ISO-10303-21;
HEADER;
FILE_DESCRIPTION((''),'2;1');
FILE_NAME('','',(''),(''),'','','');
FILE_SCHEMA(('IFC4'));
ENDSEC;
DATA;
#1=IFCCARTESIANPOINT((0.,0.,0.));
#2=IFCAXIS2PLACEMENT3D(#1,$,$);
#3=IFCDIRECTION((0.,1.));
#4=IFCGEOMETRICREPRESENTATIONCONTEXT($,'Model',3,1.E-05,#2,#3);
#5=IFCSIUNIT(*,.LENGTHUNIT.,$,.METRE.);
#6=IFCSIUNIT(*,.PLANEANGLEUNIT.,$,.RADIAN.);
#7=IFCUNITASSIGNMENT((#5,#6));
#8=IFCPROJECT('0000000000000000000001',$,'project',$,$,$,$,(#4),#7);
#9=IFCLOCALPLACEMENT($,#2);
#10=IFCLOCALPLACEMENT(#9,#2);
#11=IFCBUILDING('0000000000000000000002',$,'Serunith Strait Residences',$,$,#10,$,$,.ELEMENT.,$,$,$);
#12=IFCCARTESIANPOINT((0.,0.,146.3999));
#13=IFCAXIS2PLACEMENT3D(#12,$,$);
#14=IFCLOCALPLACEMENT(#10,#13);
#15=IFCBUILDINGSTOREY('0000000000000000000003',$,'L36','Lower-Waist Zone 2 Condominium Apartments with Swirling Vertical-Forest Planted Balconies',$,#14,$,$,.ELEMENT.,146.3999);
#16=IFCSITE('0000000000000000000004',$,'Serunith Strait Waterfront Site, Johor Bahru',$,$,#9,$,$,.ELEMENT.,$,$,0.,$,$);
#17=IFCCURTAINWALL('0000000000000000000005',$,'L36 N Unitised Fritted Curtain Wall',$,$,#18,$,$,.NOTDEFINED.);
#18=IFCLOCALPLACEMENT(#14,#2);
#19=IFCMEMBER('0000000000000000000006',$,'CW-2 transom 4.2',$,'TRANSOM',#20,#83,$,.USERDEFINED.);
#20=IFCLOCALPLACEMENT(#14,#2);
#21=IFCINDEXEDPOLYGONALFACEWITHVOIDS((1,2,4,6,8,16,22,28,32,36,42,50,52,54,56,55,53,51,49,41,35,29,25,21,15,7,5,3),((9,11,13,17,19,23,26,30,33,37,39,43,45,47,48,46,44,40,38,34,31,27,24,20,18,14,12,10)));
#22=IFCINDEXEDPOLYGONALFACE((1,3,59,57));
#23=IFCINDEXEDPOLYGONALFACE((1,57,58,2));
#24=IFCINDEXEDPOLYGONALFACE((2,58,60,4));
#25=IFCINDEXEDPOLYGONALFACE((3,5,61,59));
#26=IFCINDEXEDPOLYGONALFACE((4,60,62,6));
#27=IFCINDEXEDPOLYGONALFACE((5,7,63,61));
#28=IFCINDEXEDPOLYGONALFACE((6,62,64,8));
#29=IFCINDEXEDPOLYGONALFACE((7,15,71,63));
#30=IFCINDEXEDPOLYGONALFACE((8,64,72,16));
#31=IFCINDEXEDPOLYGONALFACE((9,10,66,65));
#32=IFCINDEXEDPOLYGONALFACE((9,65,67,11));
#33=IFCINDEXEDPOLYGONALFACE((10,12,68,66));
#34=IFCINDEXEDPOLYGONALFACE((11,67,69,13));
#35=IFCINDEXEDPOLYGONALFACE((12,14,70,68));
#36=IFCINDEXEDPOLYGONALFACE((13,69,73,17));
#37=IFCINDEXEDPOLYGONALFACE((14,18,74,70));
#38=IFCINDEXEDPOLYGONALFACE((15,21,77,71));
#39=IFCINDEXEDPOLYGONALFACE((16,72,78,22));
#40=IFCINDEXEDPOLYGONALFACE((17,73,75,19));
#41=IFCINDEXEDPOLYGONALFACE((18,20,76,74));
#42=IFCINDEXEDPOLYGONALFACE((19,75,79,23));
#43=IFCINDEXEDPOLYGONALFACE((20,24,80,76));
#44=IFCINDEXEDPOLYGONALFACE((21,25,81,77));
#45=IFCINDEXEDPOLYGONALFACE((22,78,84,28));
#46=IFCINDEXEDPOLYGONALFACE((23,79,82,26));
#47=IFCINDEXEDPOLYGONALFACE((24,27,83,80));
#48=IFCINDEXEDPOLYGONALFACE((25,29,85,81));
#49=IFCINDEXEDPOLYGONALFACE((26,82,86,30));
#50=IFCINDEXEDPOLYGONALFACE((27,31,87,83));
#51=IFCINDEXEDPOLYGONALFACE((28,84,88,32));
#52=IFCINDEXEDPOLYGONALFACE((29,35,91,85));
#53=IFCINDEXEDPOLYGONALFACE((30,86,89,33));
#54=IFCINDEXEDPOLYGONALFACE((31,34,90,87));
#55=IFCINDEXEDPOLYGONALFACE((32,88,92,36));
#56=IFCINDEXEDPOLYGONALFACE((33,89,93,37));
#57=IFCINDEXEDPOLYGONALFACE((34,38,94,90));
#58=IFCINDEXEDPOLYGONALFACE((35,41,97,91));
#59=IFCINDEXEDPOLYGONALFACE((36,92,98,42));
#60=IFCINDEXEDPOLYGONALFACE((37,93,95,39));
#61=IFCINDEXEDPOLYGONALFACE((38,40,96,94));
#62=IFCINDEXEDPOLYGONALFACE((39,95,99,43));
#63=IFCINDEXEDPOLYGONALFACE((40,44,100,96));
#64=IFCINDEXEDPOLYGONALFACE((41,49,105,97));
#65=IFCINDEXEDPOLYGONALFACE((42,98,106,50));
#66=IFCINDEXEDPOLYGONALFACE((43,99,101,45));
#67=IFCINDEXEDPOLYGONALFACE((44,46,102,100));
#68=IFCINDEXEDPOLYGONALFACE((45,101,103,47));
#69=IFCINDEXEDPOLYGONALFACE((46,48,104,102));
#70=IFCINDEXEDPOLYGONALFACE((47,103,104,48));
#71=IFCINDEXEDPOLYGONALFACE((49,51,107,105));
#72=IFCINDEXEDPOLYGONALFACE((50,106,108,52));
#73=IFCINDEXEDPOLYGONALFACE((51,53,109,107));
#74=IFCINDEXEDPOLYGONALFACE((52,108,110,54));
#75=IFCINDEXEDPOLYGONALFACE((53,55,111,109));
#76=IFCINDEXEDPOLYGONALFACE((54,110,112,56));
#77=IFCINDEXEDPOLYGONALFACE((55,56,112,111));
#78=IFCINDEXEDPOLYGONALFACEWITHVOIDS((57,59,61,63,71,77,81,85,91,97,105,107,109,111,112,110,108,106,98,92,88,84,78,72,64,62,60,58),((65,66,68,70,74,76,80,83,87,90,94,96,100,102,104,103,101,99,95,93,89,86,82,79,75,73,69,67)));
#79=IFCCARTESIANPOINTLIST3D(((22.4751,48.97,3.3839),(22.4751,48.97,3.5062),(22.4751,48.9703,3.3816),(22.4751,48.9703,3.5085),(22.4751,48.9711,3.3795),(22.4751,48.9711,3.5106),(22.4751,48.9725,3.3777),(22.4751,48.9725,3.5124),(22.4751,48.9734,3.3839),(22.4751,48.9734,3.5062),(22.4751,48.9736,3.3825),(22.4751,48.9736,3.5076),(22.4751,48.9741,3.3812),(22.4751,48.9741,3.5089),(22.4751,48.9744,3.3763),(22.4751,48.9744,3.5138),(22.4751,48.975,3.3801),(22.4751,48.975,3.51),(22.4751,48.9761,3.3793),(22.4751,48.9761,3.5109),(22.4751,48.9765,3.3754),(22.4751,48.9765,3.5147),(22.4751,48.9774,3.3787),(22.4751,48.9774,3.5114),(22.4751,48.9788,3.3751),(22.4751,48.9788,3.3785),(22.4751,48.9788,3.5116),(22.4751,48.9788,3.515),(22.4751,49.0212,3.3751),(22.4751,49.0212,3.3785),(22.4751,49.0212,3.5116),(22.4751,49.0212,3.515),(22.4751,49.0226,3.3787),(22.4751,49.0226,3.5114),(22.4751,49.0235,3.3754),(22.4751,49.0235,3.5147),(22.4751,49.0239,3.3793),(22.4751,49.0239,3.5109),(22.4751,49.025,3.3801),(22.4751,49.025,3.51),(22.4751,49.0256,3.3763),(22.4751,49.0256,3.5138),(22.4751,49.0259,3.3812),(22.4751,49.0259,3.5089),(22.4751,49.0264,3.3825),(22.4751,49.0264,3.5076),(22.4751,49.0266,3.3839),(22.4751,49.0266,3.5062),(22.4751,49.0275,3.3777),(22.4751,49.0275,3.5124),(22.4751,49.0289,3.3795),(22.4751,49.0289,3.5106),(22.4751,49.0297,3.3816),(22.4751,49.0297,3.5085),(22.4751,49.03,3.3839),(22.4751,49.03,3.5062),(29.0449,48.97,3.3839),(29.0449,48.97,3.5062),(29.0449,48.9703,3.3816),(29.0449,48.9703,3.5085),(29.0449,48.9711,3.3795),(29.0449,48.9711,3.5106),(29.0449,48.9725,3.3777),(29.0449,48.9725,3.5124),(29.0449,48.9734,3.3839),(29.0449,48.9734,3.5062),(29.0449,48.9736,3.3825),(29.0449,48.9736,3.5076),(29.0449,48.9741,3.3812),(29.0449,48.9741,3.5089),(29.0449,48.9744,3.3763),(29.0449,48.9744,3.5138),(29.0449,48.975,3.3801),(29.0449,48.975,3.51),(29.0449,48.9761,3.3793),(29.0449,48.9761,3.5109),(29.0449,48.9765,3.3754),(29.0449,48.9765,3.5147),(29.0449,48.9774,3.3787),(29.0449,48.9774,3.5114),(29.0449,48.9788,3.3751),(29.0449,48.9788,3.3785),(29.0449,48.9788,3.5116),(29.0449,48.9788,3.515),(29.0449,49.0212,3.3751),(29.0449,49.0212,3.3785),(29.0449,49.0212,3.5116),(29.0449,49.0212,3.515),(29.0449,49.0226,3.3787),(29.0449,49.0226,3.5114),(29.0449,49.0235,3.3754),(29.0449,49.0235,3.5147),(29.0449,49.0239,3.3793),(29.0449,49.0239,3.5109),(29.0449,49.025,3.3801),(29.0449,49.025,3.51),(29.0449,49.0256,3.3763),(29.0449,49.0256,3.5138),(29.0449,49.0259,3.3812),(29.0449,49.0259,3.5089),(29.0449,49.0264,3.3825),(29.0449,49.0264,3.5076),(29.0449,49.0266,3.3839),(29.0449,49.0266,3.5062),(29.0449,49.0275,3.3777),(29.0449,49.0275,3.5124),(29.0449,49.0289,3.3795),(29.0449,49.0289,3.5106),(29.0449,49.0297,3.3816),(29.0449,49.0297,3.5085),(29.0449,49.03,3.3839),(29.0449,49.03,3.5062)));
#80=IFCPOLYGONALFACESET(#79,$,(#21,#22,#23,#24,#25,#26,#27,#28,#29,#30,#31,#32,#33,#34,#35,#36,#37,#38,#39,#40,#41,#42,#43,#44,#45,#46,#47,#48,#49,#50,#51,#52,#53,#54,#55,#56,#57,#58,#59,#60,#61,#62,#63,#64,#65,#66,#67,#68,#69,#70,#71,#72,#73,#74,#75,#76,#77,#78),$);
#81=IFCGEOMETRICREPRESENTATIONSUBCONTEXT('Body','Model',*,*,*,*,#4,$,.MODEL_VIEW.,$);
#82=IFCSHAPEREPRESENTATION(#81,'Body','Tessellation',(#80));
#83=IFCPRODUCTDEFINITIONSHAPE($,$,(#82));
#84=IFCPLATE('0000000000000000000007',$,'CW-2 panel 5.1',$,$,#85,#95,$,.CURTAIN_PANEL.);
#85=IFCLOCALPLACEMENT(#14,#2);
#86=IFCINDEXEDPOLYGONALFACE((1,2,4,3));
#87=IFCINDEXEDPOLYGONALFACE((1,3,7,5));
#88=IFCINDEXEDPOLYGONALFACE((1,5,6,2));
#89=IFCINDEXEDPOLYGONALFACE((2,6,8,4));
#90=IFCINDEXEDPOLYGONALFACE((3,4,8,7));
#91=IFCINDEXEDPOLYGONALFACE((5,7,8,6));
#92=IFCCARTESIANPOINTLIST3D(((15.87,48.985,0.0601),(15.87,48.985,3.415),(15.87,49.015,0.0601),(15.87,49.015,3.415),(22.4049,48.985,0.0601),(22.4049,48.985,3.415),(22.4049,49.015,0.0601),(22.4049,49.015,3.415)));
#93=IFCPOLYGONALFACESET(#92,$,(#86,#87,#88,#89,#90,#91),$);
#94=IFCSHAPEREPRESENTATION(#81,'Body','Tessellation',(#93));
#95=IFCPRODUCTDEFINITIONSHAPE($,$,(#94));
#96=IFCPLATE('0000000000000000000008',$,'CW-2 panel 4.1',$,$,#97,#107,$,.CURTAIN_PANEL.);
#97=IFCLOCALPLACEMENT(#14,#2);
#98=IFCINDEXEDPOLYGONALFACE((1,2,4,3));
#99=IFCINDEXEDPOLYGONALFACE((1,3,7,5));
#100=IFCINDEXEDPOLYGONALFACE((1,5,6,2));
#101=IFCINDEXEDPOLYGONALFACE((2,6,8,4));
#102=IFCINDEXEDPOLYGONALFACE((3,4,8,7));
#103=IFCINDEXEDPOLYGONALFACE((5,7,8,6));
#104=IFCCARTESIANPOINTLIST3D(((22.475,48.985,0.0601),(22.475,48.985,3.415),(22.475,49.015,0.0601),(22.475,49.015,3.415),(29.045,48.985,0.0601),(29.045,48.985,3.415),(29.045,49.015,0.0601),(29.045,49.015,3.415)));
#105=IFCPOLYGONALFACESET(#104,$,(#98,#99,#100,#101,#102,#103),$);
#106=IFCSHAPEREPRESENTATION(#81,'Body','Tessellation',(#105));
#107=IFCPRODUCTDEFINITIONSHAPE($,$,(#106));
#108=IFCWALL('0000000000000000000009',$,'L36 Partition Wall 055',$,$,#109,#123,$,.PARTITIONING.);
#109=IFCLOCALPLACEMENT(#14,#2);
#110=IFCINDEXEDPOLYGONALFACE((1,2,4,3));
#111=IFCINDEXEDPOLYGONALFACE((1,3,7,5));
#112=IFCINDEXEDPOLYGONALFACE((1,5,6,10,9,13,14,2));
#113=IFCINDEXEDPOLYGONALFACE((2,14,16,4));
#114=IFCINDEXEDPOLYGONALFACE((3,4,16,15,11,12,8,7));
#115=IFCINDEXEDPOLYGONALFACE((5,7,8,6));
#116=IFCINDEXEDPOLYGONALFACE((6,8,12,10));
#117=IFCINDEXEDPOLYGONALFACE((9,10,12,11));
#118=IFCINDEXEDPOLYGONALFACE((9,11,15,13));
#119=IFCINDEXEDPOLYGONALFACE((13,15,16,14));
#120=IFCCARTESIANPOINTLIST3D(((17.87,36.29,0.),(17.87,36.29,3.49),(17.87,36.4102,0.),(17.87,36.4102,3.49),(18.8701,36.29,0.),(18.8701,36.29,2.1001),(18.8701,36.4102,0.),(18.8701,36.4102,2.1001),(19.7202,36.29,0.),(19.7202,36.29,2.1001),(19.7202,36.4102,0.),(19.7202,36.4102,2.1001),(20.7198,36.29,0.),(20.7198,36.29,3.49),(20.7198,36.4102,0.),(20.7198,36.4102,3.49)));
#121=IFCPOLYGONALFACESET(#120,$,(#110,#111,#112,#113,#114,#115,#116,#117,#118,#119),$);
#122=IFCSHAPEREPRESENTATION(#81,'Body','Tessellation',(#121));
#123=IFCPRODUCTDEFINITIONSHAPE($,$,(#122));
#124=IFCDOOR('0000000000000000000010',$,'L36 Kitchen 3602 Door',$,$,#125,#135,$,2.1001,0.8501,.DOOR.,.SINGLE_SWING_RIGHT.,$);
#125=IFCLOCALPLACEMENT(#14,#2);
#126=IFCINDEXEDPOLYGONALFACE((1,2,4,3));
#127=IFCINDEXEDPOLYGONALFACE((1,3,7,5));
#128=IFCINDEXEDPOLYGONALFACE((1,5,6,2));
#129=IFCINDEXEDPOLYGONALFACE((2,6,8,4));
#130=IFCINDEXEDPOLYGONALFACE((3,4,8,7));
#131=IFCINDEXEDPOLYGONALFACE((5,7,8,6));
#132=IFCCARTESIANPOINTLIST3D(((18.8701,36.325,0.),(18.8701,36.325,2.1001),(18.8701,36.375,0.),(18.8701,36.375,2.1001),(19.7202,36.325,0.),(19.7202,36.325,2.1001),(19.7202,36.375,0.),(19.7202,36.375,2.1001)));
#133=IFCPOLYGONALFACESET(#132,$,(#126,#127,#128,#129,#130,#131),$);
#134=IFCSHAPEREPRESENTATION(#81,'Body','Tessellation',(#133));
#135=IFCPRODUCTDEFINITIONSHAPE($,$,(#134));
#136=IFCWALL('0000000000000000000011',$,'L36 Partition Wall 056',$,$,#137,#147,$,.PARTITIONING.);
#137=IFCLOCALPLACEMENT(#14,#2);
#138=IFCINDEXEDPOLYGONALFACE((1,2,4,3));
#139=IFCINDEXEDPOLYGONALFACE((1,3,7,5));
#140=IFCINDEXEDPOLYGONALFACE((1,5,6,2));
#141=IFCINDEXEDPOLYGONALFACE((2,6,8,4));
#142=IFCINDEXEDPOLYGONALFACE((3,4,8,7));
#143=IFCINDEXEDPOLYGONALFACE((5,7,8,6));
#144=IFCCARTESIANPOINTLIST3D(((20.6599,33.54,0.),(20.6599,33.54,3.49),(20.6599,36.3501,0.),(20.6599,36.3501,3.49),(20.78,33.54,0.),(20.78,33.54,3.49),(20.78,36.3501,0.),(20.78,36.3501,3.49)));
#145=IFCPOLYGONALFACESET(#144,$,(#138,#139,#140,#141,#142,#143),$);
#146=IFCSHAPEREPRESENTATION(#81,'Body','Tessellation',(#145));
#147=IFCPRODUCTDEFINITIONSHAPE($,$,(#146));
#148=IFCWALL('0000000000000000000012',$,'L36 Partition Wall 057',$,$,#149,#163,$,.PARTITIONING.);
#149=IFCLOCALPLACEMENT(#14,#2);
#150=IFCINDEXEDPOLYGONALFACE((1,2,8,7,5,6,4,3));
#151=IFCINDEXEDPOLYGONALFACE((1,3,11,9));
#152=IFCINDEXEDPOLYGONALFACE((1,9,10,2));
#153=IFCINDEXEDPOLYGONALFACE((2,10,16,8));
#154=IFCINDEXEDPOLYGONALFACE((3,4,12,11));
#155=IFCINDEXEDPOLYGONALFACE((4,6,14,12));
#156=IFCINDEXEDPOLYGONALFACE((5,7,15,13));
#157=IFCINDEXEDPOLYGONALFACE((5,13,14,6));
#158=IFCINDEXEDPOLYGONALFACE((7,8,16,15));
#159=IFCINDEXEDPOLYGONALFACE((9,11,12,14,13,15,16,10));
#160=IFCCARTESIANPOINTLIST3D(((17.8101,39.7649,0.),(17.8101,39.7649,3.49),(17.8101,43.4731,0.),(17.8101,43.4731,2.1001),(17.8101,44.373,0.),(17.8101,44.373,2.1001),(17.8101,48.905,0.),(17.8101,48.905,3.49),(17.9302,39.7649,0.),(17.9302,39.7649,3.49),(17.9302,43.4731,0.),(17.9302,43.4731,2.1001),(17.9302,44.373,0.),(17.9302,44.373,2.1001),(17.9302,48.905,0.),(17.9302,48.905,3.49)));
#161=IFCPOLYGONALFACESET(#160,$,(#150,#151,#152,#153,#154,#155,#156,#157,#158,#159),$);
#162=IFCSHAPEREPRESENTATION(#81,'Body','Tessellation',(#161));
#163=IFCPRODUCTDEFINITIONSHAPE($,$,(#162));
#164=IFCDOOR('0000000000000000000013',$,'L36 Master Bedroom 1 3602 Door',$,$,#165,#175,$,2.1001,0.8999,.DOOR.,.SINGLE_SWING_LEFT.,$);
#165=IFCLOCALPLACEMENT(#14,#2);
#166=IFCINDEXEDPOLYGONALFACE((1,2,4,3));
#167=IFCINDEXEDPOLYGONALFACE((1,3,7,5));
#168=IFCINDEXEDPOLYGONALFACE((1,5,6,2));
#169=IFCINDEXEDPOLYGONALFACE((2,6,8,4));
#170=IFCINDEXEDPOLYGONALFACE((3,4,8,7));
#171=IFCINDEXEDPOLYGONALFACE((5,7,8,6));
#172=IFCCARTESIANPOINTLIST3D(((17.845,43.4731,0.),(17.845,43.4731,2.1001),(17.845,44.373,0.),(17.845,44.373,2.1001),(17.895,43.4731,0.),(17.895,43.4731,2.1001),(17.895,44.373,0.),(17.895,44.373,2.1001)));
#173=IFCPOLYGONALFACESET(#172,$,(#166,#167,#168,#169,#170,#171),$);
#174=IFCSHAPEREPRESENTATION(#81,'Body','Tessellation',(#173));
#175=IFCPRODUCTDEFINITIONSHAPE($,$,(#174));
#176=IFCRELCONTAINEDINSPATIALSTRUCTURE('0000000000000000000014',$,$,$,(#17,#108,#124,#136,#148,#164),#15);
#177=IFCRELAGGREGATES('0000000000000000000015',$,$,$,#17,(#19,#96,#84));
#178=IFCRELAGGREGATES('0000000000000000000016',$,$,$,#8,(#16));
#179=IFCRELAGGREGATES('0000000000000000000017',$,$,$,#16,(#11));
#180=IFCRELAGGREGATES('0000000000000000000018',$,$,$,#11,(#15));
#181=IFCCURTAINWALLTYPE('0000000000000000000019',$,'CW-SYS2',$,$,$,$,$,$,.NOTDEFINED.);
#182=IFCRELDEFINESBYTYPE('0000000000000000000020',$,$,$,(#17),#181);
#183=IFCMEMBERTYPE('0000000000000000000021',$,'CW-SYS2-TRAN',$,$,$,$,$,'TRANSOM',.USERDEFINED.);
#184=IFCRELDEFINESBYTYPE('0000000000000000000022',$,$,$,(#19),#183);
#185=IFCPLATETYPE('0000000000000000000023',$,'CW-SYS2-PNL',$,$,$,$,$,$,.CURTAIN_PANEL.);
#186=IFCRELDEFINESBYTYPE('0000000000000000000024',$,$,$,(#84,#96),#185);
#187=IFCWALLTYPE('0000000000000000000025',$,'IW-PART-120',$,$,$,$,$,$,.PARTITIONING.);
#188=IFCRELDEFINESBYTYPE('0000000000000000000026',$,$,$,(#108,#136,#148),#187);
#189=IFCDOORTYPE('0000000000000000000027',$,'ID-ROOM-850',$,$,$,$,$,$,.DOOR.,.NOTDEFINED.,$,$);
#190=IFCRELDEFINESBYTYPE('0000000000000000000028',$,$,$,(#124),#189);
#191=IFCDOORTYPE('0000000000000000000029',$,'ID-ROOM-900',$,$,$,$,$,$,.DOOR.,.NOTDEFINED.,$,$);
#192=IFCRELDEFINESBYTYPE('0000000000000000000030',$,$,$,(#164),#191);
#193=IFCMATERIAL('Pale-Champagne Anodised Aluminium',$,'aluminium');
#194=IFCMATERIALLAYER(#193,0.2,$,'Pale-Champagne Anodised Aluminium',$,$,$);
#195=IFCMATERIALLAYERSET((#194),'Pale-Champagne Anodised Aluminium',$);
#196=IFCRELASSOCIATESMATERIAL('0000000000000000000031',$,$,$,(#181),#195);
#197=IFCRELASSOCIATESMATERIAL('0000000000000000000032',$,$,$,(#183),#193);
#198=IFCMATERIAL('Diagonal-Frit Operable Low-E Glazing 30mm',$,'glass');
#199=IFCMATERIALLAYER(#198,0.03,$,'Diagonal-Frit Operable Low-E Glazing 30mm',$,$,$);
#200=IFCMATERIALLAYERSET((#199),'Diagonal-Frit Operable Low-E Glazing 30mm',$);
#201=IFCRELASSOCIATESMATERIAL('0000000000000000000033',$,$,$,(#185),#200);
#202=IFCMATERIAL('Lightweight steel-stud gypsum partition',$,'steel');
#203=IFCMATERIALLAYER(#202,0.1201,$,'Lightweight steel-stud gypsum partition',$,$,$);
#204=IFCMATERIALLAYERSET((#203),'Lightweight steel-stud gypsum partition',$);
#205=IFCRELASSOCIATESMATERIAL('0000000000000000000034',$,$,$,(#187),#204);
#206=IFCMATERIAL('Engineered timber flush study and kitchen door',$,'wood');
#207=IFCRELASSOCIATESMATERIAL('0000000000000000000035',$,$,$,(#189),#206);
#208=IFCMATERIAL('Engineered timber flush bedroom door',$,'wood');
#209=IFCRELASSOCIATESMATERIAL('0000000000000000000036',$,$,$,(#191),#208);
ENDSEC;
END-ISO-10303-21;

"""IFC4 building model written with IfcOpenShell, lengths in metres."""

from ifc_helpers import new_model, si_unit, direction, frame, frame_2d, origin, origin_2d, place, context, subcontext, project, spatial, rectangle, hollow_rectangle, extrude, source, transform, mapped, material, layer, layer_set, material_profile, profile_set, type_object, element, fill, aggregate, save


model = new_model("IFC4")

# Units and contexts
model_context = context("Model", 3, precision=1e-05, world=origin(), true_north=direction((0.0, 1.0)))
body_context = subcontext(model_context, "Body", "Model", "MODEL_VIEW")
ifc_project = project(units=[si_unit("LENGTHUNIT", "METRE"), si_unit("PLANEANGLEUNIT", "RADIAN")], contexts=[model_context])

# Site, building, storey
site_placement = place(None, origin())
site = spatial("IfcSite", under=ifc_project, at=site_placement, Name="Serunith Strait Waterfront Site, Johor Bahru", CompositionType="ELEMENT", RefElevation=0.0)
building_placement = place(site_placement, origin())
building = spatial("IfcBuilding", under=site, at=building_placement, Name="Serunith Strait Residences", CompositionType="ELEMENT")
storey_placement = place(building_placement, frame((0.0, 0.0, 146.3999)))
storey = spatial("IfcBuildingStorey", under=building, at=storey_placement, Name="L36", Description="Lower-Waist Zone 2 Condominium Apartments with Swirling Vertical-Forest Planted Balconies", CompositionType="ELEMENT", Elevation=146.3999)

# Curtain wall, member, plates
ifc_material_1 = material(Name="Pale-Champagne Anodised Aluminium", Category="aluminium")
ifc_layer_1 = layer(ifc_material_1, 0.2, Name="Pale-Champagne Anodised Aluminium")
ifc_layer_set_1 = layer_set([ifc_layer_1], Name="Pale-Champagne Anodised Aluminium")
curtain_wall_type = type_object("IfcCurtainWallType", Name="CW-SYS2", PredefinedType="NOTDEFINED", material=ifc_layer_set_1)
curtain_wall_placement = place(storey_placement, origin())
curtain_wall = element("IfcCurtainWall", 1, at=curtain_wall_placement, inside=storey, type_object=curtain_wall_type, Name="L36 N Unitised Fritted Curtain Wall", PredefinedType="NOTDEFINED")
ifc_material_profile_1 = material_profile(ifc_material_1, hollow_rectangle(XDim=0.0601, YDim=0.1399, WallThickness=0.0034, InnerFilletRadius=0.0054, OuterFilletRadius=0.0088, at=origin_2d()), Name="ALU 140x60x3.5")
ifc_profile_set_1 = profile_set([ifc_material_profile_1], Name="Pale-Champagne Anodised Aluminium")
member_type_1 = type_object("IfcMemberType", Name="CW-SYS2-TRAN", ElementType="TRANSOM", PredefinedType="USERDEFINED", material=ifc_profile_set_1)
shared_shape_1 = source(origin(), body_context, "Body", "SweptSolid", [
    extrude(hollow_rectangle(XDim=0.0601, YDim=0.1399, WallThickness=0.0034, InnerFilletRadius=0.0054, OuterFilletRadius=0.0088, at=origin_2d()), origin(), (0.0, 0.0, 1.0), 6.5698),
])
member_1_placement = place(storey_placement, frame((29.0449, 49.0, 3.4451), z_axis=(-1.0, 0.0, 0.0), x_axis=(0.0, -1.0, 0.0)))
member_1 = element("IfcMember", 2, at=member_1_placement, type_object=member_type_1, Name="CW-2 transom 4.2", ObjectType="TRANSOM", PredefinedType="USERDEFINED", context=body_context, shape_type="MappedRepresentation", body=[
    mapped(shared_shape_1, transform((0.0, 0.0, 0.0), scale=1.0)),
])
ifc_material_2 = material(Name="Diagonal-Frit Operable Low-E Glazing 30mm", Category="glass")
ifc_layer_2 = layer(ifc_material_2, 0.03, Name="Diagonal-Frit Operable Low-E Glazing 30mm")
ifc_layer_set_2 = layer_set([ifc_layer_2], Name="Diagonal-Frit Operable Low-E Glazing 30mm")
plate_type = type_object("IfcPlateType", Name="CW-SYS2-PNL", PredefinedType="CURTAIN_PANEL", material=ifc_layer_set_2)
shared_shape_2 = source(origin(), body_context, "Body", "SweptSolid", [
    extrude(rectangle(XDim=6.5349, YDim=0.03, at=origin_2d()), origin(), (0.0, 0.0, 1.0), 3.355),
])
plate_1_placement = place(storey_placement, frame((19.1375, 49.0, 0.0601), z_axis=(0.0, 0.0, 1.0), x_axis=(-1.0, 0.0, 0.0)))
plate_1 = element("IfcPlate", 3, at=plate_1_placement, type_object=plate_type, Name="CW-2 panel 5.1", PredefinedType="CURTAIN_PANEL", context=body_context, shape_type="MappedRepresentation", body=[
    mapped(shared_shape_2, transform((0.0, 0.0, 0.0), scale=1.0)),
])
shared_shape_3 = source(origin(), body_context, "Body", "SweptSolid", [
    extrude(rectangle(XDim=6.5701, YDim=0.03, at=origin_2d()), origin(), (0.0, 0.0, 1.0), 3.355),
])
plate_2_placement = place(storey_placement, frame((25.76, 49.0, 0.0601), z_axis=(0.0, 0.0, 1.0), x_axis=(-1.0, 0.0, 0.0)))
plate_2 = element("IfcPlate", 4, at=plate_2_placement, type_object=plate_type, Name="CW-2 panel 4.1", PredefinedType="CURTAIN_PANEL", context=body_context, shape_type="MappedRepresentation", body=[
    mapped(shared_shape_3, transform((0.0, 0.0, 0.0), scale=1.0)),
])
aggregate(curtain_wall, [member_1, plate_2, plate_1])

# Wall, opening, door
ifc_material_3 = material(Name="Lightweight steel-stud gypsum partition", Category="steel")
ifc_layer_3 = layer(ifc_material_3, 0.1201, Name="Lightweight steel-stud gypsum partition")
ifc_layer_set_3 = layer_set([ifc_layer_3], Name="Lightweight steel-stud gypsum partition")
wall_type = type_object("IfcWallType", Name="IW-PART-120", PredefinedType="PARTITIONING", material=ifc_layer_set_3)
wall_1_placement = place(storey_placement, frame((17.8701, 36.3501, 0.0), z_axis=(0.0, 0.0, 1.0), x_axis=(1.0, 0.0, 0.0)))
wall_1 = element("IfcWall", 5, at=wall_1_placement, inside=storey, type_object=wall_type, Name="L36 Partition Wall 055", PredefinedType="PARTITIONING", context=body_context, shape_type="SweptSolid", body=[
    extrude(rectangle(XDim=2.8499, YDim=0.1201, at=frame_2d((1.4248, 0.0))), origin(), (0.0, 0.0, 1.0), 3.49),
])
opening_1_placement = place(wall_1_placement, frame((1.0, 0.0, 0.0)))
opening_1 = element("IfcOpeningElement", 6, at=opening_1_placement, cuts=wall_1, PredefinedType="OPENING", context=body_context, shape_type="SweptSolid", body=[
    extrude(rectangle(XDim=0.8501, YDim=2.1001, at=frame_2d((0.425, 1.05))), frame((0.0, 0.0701, 0.0), z_axis=(0.0, -1.0, 0.0), x_axis=(1.0, 0.0, 0.0)), (0.0, 0.0, 1.0), 0.1401),
])
ifc_material_4 = material(Name="Engineered timber flush study and kitchen door", Category="wood")
door_type_1 = type_object("IfcDoorType", Name="ID-ROOM-850", OperationType="NOTDEFINED", PredefinedType="DOOR", material=ifc_material_4)
shared_shape_4 = source(origin(), body_context, "Body", "SweptSolid", [
    extrude(rectangle(XDim=0.8501, YDim=2.1001, at=frame_2d((0.425, 1.05))), frame((0.0, 0.0249, 0.0), z_axis=(0.0, -1.0, 0.0), x_axis=(1.0, 0.0, 0.0)), (0.0, 0.0, 1.0), 0.05),
])
door_1_placement = place(opening_1_placement, origin())
door_1 = element("IfcDoor", 7, at=door_1_placement, inside=storey, type_object=door_type_1, Name="L36 Kitchen 3602 Door", OperationType="SINGLE_SWING_RIGHT", OverallHeight=2.1001, OverallWidth=0.8501, PredefinedType="DOOR", context=body_context, shape_type="MappedRepresentation", body=[
    mapped(shared_shape_4, transform((0.0, 0.0, 0.0), scale=1.0)),
])
fill(opening_1, door_1)

# Wall
wall_2_placement = place(storey_placement, frame((20.72, 36.3501, 0.0), z_axis=(0.0, 0.0, 1.0), x_axis=(0.0, -1.0, 0.0)))
element("IfcWall", 8, at=wall_2_placement, inside=storey, type_object=wall_type, Name="L36 Partition Wall 056", PredefinedType="PARTITIONING", context=body_context, shape_type="SweptSolid", body=[
    extrude(rectangle(XDim=2.8101, YDim=0.1201, at=frame_2d((1.405, 0.0))), origin(), (0.0, 0.0, 1.0), 3.49),
])

# Wall, opening, door
wall_3_placement = place(storey_placement, frame((17.8701, 48.905, 0.0), z_axis=(0.0, 0.0, 1.0), x_axis=(0.0, -1.0, 0.0)))
wall_3 = element("IfcWall", 9, at=wall_3_placement, inside=storey, type_object=wall_type, Name="L36 Partition Wall 057", PredefinedType="PARTITIONING", context=body_context, shape_type="SweptSolid", body=[
    extrude(rectangle(XDim=9.1401, YDim=0.1201, at=frame_2d((4.5701, 0.0))), origin(), (0.0, 0.0, 1.0), 3.49),
])
opening_2_placement = place(wall_3_placement, frame((4.532, 0.0, 0.0)))
opening_2 = element("IfcOpeningElement", 10, at=opening_2_placement, cuts=wall_3, PredefinedType="OPENING", context=body_context, shape_type="SweptSolid", body=[
    extrude(rectangle(XDim=0.8999, YDim=2.1001, at=frame_2d((0.45, 1.05))), frame((0.0, 0.0701, 0.0), z_axis=(0.0, -1.0, 0.0), x_axis=(1.0, 0.0, 0.0)), (0.0, 0.0, 1.0), 0.1401),
])
ifc_material_5 = material(Name="Engineered timber flush bedroom door", Category="wood")
door_type_2 = type_object("IfcDoorType", Name="ID-ROOM-900", OperationType="NOTDEFINED", PredefinedType="DOOR", material=ifc_material_5)
shared_shape_5 = source(origin(), body_context, "Body", "SweptSolid", [
    extrude(rectangle(XDim=0.8999, YDim=2.1001, at=frame_2d((0.45, 1.05))), frame((0.0, 0.0249, 0.0), z_axis=(0.0, -1.0, 0.0), x_axis=(1.0, 0.0, 0.0)), (0.0, 0.0, 1.0), 0.05),
])
door_2_placement = place(opening_2_placement, origin())
door_2 = element("IfcDoor", 11, at=door_2_placement, inside=storey, type_object=door_type_2, Name="L36 Master Bedroom 1 3602 Door", OperationType="SINGLE_SWING_LEFT", OverallHeight=2.1001, OverallWidth=0.8999, PredefinedType="DOOR", context=body_context, shape_type="MappedRepresentation", body=[
    mapped(shared_shape_5, transform((0.0, 0.0, 0.0), scale=1.0)),
])
fill(opening_2, door_2)

save(model, "model.ifc")
